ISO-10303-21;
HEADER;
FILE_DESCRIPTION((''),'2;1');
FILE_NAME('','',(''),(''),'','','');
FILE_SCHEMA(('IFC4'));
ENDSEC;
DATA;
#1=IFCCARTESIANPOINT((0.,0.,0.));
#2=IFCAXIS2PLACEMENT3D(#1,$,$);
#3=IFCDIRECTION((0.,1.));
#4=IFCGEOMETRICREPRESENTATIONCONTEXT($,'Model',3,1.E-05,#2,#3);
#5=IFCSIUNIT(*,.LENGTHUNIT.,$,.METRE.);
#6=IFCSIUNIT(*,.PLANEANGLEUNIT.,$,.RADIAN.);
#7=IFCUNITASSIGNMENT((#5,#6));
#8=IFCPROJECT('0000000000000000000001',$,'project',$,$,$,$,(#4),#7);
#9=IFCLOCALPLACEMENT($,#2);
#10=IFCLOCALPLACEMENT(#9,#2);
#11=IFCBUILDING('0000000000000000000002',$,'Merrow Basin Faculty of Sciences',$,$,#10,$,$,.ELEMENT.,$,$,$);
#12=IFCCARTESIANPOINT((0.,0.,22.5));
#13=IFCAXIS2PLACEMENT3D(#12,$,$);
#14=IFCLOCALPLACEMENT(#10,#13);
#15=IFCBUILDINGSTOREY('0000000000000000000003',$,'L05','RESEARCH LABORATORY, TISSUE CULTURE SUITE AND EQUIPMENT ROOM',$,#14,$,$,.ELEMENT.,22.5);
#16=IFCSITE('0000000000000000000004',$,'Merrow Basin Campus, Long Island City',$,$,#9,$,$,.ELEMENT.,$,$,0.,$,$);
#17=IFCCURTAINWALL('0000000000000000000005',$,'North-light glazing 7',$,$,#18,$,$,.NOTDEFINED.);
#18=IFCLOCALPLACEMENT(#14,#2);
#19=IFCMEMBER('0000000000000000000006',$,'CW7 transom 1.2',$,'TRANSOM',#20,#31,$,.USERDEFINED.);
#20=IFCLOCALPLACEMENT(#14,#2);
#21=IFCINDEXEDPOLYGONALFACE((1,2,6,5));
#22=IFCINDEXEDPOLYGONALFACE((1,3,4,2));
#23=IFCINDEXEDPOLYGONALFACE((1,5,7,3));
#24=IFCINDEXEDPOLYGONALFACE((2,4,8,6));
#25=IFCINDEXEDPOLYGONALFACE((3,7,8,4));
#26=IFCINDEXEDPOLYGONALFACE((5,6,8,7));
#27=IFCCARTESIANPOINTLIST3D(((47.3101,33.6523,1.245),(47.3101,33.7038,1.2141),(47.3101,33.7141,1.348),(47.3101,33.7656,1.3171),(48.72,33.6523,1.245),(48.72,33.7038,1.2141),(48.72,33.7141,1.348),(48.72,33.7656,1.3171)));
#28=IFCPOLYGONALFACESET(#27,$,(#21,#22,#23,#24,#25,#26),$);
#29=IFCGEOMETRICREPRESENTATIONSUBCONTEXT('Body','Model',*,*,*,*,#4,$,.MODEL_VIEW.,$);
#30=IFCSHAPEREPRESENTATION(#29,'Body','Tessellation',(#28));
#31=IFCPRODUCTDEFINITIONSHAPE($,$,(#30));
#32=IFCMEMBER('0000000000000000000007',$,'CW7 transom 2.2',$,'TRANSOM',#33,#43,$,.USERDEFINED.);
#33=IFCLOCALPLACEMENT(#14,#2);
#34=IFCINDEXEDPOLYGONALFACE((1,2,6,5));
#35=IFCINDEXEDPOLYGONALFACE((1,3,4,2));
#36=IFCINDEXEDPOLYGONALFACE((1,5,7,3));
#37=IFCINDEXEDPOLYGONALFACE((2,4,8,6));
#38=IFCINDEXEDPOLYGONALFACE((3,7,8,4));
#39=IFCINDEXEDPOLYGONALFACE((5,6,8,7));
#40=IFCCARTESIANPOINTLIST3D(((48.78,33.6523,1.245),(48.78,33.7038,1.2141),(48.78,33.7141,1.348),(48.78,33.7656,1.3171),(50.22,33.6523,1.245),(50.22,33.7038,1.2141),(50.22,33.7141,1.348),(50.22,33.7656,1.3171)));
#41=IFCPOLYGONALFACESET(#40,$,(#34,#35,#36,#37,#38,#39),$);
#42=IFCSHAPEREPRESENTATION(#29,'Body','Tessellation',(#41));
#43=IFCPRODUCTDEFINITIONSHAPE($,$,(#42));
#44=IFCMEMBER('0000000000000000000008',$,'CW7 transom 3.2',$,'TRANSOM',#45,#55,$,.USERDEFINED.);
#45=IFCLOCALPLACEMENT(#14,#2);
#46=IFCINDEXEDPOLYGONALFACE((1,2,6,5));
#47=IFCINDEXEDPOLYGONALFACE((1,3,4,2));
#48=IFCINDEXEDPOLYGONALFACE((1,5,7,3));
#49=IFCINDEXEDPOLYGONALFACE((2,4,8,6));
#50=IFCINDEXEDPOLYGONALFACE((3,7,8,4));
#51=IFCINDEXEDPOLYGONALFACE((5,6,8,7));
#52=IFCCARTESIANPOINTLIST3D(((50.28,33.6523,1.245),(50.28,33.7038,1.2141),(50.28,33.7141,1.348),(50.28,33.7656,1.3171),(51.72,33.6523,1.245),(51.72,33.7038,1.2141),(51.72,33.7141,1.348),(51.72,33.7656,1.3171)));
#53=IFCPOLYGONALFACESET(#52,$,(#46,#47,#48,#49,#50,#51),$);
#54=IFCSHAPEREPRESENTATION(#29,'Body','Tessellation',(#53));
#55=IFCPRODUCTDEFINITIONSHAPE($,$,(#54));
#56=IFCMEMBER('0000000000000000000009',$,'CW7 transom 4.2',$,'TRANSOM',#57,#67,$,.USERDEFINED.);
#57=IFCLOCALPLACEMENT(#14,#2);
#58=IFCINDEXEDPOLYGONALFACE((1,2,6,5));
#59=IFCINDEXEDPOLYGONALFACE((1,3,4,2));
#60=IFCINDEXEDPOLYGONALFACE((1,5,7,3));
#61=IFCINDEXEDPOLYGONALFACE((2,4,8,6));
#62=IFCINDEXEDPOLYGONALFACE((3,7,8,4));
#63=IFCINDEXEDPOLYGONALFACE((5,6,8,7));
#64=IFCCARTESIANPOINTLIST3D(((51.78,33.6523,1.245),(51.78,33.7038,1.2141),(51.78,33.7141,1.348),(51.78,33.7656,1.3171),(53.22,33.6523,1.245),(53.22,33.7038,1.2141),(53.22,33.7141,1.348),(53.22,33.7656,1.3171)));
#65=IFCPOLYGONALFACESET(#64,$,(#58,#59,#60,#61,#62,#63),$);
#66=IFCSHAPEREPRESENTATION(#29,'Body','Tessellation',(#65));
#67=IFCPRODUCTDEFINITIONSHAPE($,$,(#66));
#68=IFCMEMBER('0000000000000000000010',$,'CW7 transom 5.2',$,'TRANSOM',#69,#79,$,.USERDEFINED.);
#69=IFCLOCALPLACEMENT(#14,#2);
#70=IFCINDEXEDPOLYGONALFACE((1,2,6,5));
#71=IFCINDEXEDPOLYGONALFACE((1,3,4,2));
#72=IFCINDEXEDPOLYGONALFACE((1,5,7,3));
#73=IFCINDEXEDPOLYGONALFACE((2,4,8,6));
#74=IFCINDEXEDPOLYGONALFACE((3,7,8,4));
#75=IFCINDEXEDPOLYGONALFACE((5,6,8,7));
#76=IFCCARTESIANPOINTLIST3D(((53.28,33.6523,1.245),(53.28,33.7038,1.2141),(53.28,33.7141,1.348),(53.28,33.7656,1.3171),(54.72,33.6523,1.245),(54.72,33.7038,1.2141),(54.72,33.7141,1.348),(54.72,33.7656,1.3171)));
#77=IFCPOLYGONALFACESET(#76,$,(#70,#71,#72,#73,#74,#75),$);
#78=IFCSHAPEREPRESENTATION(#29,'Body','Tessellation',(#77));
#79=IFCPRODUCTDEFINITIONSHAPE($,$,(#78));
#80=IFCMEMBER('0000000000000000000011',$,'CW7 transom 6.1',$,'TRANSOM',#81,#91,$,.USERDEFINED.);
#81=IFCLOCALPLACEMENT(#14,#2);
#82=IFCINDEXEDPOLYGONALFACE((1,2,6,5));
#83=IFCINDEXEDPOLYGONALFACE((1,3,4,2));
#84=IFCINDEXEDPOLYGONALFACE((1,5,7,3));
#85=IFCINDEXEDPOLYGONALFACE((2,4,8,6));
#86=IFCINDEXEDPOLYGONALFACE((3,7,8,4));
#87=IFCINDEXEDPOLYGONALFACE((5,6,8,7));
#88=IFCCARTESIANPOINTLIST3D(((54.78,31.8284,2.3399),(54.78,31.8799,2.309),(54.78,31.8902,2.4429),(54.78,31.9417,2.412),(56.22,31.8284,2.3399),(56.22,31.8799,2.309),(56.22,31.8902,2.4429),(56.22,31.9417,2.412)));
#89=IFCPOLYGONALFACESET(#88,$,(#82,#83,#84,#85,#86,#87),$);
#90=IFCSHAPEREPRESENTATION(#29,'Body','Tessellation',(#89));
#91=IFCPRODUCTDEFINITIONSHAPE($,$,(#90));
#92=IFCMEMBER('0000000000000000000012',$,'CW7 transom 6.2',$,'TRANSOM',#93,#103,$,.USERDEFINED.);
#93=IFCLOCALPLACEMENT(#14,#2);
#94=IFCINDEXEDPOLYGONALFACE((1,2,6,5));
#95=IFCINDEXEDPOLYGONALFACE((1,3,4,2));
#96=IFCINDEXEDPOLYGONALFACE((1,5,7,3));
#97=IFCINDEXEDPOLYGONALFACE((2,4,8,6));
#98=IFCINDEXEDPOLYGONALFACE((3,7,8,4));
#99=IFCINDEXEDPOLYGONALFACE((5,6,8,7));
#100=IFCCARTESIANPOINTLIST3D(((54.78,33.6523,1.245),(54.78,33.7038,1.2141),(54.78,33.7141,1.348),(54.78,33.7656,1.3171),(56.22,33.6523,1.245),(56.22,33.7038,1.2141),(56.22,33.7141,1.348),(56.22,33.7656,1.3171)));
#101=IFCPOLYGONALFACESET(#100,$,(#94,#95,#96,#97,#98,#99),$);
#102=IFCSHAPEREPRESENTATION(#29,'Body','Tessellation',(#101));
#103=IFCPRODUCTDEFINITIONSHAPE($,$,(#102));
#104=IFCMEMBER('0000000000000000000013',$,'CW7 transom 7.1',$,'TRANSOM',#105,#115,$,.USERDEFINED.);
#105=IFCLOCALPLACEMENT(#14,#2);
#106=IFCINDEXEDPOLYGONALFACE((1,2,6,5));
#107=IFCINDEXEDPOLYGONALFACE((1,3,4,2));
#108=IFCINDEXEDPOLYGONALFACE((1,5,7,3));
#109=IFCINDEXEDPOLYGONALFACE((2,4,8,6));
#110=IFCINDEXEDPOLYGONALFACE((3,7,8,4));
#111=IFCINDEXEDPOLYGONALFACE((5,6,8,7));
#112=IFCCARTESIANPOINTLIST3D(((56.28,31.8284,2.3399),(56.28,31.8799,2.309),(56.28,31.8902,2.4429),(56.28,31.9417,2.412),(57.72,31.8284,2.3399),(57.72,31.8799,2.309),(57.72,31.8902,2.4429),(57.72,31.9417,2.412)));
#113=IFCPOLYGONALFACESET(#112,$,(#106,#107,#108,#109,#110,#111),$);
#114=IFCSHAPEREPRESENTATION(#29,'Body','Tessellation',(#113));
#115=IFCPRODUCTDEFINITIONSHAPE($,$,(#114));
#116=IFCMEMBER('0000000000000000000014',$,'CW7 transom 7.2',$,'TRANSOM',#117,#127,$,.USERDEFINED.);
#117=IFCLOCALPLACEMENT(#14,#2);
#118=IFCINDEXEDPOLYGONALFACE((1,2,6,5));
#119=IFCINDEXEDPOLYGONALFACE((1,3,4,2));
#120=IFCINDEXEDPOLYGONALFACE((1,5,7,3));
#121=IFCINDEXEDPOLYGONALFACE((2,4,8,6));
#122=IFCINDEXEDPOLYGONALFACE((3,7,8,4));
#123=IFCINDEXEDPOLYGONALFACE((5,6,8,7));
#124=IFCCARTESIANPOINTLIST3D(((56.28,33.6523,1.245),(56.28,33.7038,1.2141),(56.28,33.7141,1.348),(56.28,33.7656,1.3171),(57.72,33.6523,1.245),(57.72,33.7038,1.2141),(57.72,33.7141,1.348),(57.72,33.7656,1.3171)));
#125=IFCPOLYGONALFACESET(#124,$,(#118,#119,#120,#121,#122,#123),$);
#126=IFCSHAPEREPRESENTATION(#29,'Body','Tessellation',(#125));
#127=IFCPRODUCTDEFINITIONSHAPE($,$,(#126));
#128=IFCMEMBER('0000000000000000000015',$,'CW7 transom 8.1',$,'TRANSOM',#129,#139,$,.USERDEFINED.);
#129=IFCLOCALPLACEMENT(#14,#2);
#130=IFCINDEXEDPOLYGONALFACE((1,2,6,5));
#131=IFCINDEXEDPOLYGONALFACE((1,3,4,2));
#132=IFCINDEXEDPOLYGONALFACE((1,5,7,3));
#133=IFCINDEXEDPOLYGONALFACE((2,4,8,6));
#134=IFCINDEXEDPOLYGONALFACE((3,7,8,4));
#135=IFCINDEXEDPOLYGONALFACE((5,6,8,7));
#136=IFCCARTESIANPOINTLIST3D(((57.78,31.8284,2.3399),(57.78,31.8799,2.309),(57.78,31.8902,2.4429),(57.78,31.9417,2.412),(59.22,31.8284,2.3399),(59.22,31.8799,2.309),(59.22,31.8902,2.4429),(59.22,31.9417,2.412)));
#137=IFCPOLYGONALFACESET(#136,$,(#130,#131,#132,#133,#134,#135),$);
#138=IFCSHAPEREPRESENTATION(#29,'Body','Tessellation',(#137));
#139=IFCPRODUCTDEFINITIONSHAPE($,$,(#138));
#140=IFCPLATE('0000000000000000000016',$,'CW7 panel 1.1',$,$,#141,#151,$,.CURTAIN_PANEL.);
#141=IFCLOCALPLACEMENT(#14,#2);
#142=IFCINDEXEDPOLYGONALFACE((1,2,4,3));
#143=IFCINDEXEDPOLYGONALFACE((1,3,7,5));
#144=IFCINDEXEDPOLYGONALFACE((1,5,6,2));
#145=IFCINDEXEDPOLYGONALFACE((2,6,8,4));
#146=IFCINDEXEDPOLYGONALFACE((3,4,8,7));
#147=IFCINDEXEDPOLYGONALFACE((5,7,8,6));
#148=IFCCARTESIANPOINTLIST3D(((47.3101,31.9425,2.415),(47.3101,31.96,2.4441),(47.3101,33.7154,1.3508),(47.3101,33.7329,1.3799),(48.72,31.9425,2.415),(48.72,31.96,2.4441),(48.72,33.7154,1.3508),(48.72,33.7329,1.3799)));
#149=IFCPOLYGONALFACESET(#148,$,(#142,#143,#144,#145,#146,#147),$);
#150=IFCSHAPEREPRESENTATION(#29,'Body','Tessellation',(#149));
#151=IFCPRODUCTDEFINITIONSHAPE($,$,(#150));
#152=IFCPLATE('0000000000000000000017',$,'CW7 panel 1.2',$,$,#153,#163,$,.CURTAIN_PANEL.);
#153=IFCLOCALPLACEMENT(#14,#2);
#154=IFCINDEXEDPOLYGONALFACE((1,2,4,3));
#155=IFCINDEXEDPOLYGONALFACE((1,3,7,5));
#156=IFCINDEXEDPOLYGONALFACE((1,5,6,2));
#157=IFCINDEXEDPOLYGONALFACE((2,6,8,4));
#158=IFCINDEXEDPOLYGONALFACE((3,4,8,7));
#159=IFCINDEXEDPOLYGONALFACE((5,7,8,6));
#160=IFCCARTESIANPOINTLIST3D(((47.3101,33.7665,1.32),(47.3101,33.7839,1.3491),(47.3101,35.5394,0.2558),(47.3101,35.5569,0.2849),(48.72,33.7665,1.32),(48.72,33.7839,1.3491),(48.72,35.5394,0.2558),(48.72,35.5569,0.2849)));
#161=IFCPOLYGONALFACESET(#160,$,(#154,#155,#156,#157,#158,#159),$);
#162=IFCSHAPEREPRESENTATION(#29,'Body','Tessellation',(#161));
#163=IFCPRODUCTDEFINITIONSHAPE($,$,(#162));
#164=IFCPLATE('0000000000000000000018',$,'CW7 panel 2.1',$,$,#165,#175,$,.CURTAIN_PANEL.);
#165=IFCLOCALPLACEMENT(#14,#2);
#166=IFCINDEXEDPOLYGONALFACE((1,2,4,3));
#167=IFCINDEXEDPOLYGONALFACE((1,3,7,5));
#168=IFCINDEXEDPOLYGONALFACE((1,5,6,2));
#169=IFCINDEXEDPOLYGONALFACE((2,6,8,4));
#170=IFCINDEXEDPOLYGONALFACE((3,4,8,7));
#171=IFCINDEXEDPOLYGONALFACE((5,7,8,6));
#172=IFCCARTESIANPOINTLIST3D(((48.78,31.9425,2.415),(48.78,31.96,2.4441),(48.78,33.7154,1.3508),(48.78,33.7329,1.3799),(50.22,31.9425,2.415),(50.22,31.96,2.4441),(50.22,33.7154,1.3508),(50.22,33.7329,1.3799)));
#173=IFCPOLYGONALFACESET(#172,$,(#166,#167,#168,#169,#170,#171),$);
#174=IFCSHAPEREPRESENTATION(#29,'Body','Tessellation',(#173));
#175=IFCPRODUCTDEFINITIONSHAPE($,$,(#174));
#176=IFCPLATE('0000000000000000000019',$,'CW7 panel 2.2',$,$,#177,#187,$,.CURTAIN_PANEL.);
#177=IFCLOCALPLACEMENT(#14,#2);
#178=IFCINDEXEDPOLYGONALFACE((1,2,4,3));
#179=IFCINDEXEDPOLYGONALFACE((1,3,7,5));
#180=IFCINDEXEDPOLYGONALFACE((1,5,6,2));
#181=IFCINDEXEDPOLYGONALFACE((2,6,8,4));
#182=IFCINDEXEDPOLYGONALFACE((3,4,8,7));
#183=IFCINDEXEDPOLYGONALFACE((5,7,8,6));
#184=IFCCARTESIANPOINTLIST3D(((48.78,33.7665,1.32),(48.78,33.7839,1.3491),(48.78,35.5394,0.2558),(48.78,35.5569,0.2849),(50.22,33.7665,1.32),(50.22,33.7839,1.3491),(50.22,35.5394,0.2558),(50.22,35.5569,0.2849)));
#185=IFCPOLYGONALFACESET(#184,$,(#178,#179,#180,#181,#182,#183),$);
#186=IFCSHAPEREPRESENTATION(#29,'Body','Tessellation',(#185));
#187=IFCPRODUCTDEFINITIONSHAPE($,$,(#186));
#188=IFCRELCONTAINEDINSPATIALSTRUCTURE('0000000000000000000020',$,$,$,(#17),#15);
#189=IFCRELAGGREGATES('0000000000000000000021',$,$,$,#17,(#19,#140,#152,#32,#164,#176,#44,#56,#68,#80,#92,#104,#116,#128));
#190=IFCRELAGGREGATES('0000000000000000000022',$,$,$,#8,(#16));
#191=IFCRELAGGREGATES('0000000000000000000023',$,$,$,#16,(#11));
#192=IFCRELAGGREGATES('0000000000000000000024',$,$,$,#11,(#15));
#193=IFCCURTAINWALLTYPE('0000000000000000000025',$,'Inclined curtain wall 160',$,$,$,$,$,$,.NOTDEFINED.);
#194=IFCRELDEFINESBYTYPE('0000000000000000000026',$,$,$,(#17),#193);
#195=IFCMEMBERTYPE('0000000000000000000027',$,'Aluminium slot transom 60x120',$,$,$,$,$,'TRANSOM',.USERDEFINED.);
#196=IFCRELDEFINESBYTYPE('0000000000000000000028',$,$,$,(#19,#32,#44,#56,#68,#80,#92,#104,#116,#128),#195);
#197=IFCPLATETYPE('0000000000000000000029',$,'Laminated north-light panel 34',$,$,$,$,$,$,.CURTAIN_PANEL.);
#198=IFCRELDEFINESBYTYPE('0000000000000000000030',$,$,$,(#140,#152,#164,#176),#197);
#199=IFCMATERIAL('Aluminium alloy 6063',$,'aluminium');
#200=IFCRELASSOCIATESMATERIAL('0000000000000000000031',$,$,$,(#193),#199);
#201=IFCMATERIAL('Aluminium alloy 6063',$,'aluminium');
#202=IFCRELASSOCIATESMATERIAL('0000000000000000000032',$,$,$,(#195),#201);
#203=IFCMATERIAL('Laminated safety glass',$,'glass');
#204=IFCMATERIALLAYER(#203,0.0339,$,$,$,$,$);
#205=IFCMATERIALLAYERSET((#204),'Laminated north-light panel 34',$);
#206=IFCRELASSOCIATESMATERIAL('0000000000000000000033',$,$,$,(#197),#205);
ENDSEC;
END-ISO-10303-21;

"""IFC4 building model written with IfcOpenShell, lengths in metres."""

from ifc_helpers import new_model, si_unit, direction, frame, origin, origin_2d, place, context, subcontext, project, spatial, polyline, rectangle, outline, extrude, material, layer, layer_set, material_profile, profile_set, type_object, element, aggregate, save


model = new_model("IFC4")

# Units and contexts
model_context = context("Model", 3, precision=1e-05, world=origin(), true_north=direction((0.0, 1.0)))
body_context = subcontext(model_context, "Body", "Model", "MODEL_VIEW")
ifc_project = project(units=[si_unit("LENGTHUNIT", "METRE"), si_unit("PLANEANGLEUNIT", "RADIAN")], contexts=[model_context])

# Site, building, storey
site_placement = place(None, origin())
site = spatial("IfcSite", under=ifc_project, at=site_placement, Name="Merrow Basin Campus, Long Island City", CompositionType="ELEMENT", RefElevation=0.0)
building_placement = place(site_placement, origin())
building = spatial("IfcBuilding", under=site, at=building_placement, Name="Merrow Basin Faculty of Sciences", CompositionType="ELEMENT")
storey_placement = place(building_placement, frame((0.0, 0.0, 22.5)))
storey = spatial("IfcBuildingStorey", under=building, at=storey_placement, Name="L05", Description="RESEARCH LABORATORY, TISSUE CULTURE SUITE AND EQUIPMENT ROOM", CompositionType="ELEMENT", Elevation=22.5)

# Curtain wall, members, plates
ifc_material_1 = material(Name="Aluminium alloy 6063", Category="aluminium")
curtain_wall_type = type_object("IfcCurtainWallType", Name="Inclined curtain wall 160", PredefinedType="NOTDEFINED", material=ifc_material_1)
curtain_wall_placement = place(storey_placement, origin())
curtain_wall = element("IfcCurtainWall", 1, at=curtain_wall_placement, inside=storey, type_object=curtain_wall_type, Name="North-light glazing 7", PredefinedType="NOTDEFINED")
ifc_material_2 = material(Name="Aluminium alloy 6063", Category="aluminium")
ifc_material_profile = material_profile(ifc_material_2, rectangle(XDim=0.0601, YDim=0.1201, at=origin_2d()))
ifc_profile_set = profile_set([ifc_material_profile], Name="Aluminium alloy 6063")
member_type = type_object("IfcMemberType", Name="Aluminium slot transom 60x120", ElementType="TRANSOM", PredefinedType="USERDEFINED", material=ifc_profile_set)
member_1_placement = place(storey_placement, frame((47.3101, 33.709, 1.281), z_axis=(1.0, 0.0, 0.0), x_axis=(0.0, 0.857493, -0.514496)))
member_1 = element("IfcMember", 2, at=member_1_placement, type_object=member_type, Name="CW7 transom 1.2", ObjectType="TRANSOM", PredefinedType="USERDEFINED", context=body_context, shape_type="SweptSolid", body=[
    extrude(rectangle(XDim=0.0601, YDim=0.1201, at=origin_2d()), origin(), (0.0, 0.0, 1.0), 1.4099),
])
member_2_placement = place(storey_placement, frame((48.78, 33.709, 1.281), z_axis=(1.0, 0.0, 0.0), x_axis=(0.0, 0.857493, -0.514496)))
member_2 = element("IfcMember", 3, at=member_2_placement, type_object=member_type, Name="CW7 transom 2.2", ObjectType="TRANSOM", PredefinedType="USERDEFINED", context=body_context, shape_type="SweptSolid", body=[
    extrude(rectangle(XDim=0.0601, YDim=0.1201, at=origin_2d()), origin(), (0.0, 0.0, 1.0), 1.4399),
])
member_3_placement = place(storey_placement, frame((50.28, 33.709, 1.281), z_axis=(1.0, 0.0, 0.0), x_axis=(0.0, 0.857493, -0.514496)))
member_3 = element("IfcMember", 4, at=member_3_placement, type_object=member_type, Name="CW7 transom 3.2", ObjectType="TRANSOM", PredefinedType="USERDEFINED", context=body_context, shape_type="SweptSolid", body=[
    extrude(rectangle(XDim=0.0601, YDim=0.1201, at=origin_2d()), origin(), (0.0, 0.0, 1.0), 1.4399),
])
member_4_placement = place(storey_placement, frame((51.78, 33.709, 1.281), z_axis=(1.0, 0.0, 0.0), x_axis=(0.0, 0.857493, -0.514496)))
member_4 = element("IfcMember", 5, at=member_4_placement, type_object=member_type, Name="CW7 transom 4.2", ObjectType="TRANSOM", PredefinedType="USERDEFINED", context=body_context, shape_type="SweptSolid", body=[
    extrude(rectangle(XDim=0.0601, YDim=0.1201, at=origin_2d()), origin(), (0.0, 0.0, 1.0), 1.4399),
])
member_5_placement = place(storey_placement, frame((53.28, 33.709, 1.281), z_axis=(1.0, 0.0, 0.0), x_axis=(0.0, 0.857493, -0.514496)))
member_5 = element("IfcMember", 6, at=member_5_placement, type_object=member_type, Name="CW7 transom 5.2", ObjectType="TRANSOM", PredefinedType="USERDEFINED", context=body_context, shape_type="SweptSolid", body=[
    extrude(rectangle(XDim=0.0601, YDim=0.1201, at=origin_2d()), origin(), (0.0, 0.0, 1.0), 1.4399),
])
member_6_placement = place(storey_placement, frame((54.78, 31.885, 2.376), z_axis=(1.0, 0.0, 0.0), x_axis=(0.0, 0.857493, -0.514496)))
member_6 = element("IfcMember", 7, at=member_6_placement, type_object=member_type, Name="CW7 transom 6.1", ObjectType="TRANSOM", PredefinedType="USERDEFINED", context=body_context, shape_type="SweptSolid", body=[
    extrude(rectangle(XDim=0.0601, YDim=0.1201, at=origin_2d()), origin(), (0.0, 0.0, 1.0), 1.4399),
])
member_7_placement = place(storey_placement, frame((54.78, 33.709, 1.281), z_axis=(1.0, 0.0, 0.0), x_axis=(0.0, 0.857493, -0.514496)))
member_7 = element("IfcMember", 8, at=member_7_placement, type_object=member_type, Name="CW7 transom 6.2", ObjectType="TRANSOM", PredefinedType="USERDEFINED", context=body_context, shape_type="SweptSolid", body=[
    extrude(rectangle(XDim=0.0601, YDim=0.1201, at=origin_2d()), origin(), (0.0, 0.0, 1.0), 1.4399),
])
member_8_placement = place(storey_placement, frame((56.28, 31.885, 2.376), z_axis=(1.0, 0.0, 0.0), x_axis=(0.0, 0.857493, -0.514496)))
member_8 = element("IfcMember", 9, at=member_8_placement, type_object=member_type, Name="CW7 transom 7.1", ObjectType="TRANSOM", PredefinedType="USERDEFINED", context=body_context, shape_type="SweptSolid", body=[
    extrude(rectangle(XDim=0.0601, YDim=0.1201, at=origin_2d()), origin(), (0.0, 0.0, 1.0), 1.4399),
])
member_9_placement = place(storey_placement, frame((56.28, 33.709, 1.281), z_axis=(1.0, 0.0, 0.0), x_axis=(0.0, 0.857493, -0.514496)))
member_9 = element("IfcMember", 10, at=member_9_placement, type_object=member_type, Name="CW7 transom 7.2", ObjectType="TRANSOM", PredefinedType="USERDEFINED", context=body_context, shape_type="SweptSolid", body=[
    extrude(rectangle(XDim=0.0601, YDim=0.1201, at=origin_2d()), origin(), (0.0, 0.0, 1.0), 1.4399),
])
member_10_placement = place(storey_placement, frame((57.78, 31.885, 2.376), z_axis=(1.0, 0.0, 0.0), x_axis=(0.0, 0.857493, -0.514496)))
member_10 = element("IfcMember", 11, at=member_10_placement, type_object=member_type, Name="CW7 transom 8.1", ObjectType="TRANSOM", PredefinedType="USERDEFINED", context=body_context, shape_type="SweptSolid", body=[
    extrude(rectangle(XDim=0.0601, YDim=0.1201, at=origin_2d()), origin(), (0.0, 0.0, 1.0), 1.4399),
])
ifc_material_3 = material(Name="Laminated safety glass", Category="glass")
ifc_layer = layer(ifc_material_3, 0.0339)
ifc_layer_set = layer_set([ifc_layer], Name="Laminated north-light panel 34")
plate_type = type_object("IfcPlateType", Name="Laminated north-light panel 34", PredefinedType="CURTAIN_PANEL", material=ifc_layer_set)
plate_1_placement = place(storey_placement, frame((47.3101, 31.96, 2.4441), z_axis=(0.0, 0.514652, 0.857399), x_axis=(1.0, 0.0, 0.0)))
plate_1 = element("IfcPlate", 12, at=plate_1_placement, type_object=plate_type, Name="CW7 panel 1.1", PredefinedType="CURTAIN_PANEL", context=body_context, shape_type="SweptSolid", body=[
    extrude(outline(polyline([(0.0, 0.0), (1.4099, 0.0), (1.4099, 2.0678), (0.0, 2.0678), (0.0, 0.0)])), origin(), (0.0, 0.0, -1.0), 0.0339),
])
plate_2_placement = place(storey_placement, frame((47.3101, 33.7839, 1.3491), z_axis=(0.0, 0.514652, 0.857399), x_axis=(1.0, 0.0, 0.0)))
plate_2 = element("IfcPlate", 13, at=plate_2_placement, type_object=plate_type, Name="CW7 panel 1.2", PredefinedType="CURTAIN_PANEL", context=body_context, shape_type="SweptSolid", body=[
    extrude(outline(polyline([(0.0, 0.0), (1.4099, 0.0), (1.4099, 2.0678), (0.0, 2.0678), (0.0, 0.0)])), origin(), (0.0, 0.0, -1.0), 0.0339),
])
plate_3_placement = place(storey_placement, frame((48.78, 31.96, 2.4441), z_axis=(0.0, 0.514652, 0.857399), x_axis=(1.0, 0.0, 0.0)))
plate_3 = element("IfcPlate", 14, at=plate_3_placement, type_object=plate_type, Name="CW7 panel 2.1", PredefinedType="CURTAIN_PANEL", context=body_context, shape_type="SweptSolid", body=[
    extrude(outline(polyline([(0.0, 0.0), (1.4399, 0.0), (1.4399, 2.0678), (0.0, 2.0678), (0.0, 0.0)])), origin(), (0.0, 0.0, -1.0), 0.0339),
])
plate_4_placement = place(storey_placement, frame((48.78, 33.7839, 1.3491), z_axis=(0.0, 0.514652, 0.857399), x_axis=(1.0, 0.0, 0.0)))
plate_4 = element("IfcPlate", 15, at=plate_4_placement, type_object=plate_type, Name="CW7 panel 2.2", PredefinedType="CURTAIN_PANEL", context=body_context, shape_type="SweptSolid", body=[
    extrude(outline(polyline([(0.0, 0.0), (1.4399, 0.0), (1.4399, 2.0678), (0.0, 2.0678), (0.0, 0.0)])), origin(), (0.0, 0.0, -1.0), 0.0339),
])
aggregate(curtain_wall, [member_1, plate_1, plate_2, member_2, plate_3, plate_4, member_3, member_4, member_5, member_6, member_7, member_8, member_9, member_10])

save(model, "model.ifc")
